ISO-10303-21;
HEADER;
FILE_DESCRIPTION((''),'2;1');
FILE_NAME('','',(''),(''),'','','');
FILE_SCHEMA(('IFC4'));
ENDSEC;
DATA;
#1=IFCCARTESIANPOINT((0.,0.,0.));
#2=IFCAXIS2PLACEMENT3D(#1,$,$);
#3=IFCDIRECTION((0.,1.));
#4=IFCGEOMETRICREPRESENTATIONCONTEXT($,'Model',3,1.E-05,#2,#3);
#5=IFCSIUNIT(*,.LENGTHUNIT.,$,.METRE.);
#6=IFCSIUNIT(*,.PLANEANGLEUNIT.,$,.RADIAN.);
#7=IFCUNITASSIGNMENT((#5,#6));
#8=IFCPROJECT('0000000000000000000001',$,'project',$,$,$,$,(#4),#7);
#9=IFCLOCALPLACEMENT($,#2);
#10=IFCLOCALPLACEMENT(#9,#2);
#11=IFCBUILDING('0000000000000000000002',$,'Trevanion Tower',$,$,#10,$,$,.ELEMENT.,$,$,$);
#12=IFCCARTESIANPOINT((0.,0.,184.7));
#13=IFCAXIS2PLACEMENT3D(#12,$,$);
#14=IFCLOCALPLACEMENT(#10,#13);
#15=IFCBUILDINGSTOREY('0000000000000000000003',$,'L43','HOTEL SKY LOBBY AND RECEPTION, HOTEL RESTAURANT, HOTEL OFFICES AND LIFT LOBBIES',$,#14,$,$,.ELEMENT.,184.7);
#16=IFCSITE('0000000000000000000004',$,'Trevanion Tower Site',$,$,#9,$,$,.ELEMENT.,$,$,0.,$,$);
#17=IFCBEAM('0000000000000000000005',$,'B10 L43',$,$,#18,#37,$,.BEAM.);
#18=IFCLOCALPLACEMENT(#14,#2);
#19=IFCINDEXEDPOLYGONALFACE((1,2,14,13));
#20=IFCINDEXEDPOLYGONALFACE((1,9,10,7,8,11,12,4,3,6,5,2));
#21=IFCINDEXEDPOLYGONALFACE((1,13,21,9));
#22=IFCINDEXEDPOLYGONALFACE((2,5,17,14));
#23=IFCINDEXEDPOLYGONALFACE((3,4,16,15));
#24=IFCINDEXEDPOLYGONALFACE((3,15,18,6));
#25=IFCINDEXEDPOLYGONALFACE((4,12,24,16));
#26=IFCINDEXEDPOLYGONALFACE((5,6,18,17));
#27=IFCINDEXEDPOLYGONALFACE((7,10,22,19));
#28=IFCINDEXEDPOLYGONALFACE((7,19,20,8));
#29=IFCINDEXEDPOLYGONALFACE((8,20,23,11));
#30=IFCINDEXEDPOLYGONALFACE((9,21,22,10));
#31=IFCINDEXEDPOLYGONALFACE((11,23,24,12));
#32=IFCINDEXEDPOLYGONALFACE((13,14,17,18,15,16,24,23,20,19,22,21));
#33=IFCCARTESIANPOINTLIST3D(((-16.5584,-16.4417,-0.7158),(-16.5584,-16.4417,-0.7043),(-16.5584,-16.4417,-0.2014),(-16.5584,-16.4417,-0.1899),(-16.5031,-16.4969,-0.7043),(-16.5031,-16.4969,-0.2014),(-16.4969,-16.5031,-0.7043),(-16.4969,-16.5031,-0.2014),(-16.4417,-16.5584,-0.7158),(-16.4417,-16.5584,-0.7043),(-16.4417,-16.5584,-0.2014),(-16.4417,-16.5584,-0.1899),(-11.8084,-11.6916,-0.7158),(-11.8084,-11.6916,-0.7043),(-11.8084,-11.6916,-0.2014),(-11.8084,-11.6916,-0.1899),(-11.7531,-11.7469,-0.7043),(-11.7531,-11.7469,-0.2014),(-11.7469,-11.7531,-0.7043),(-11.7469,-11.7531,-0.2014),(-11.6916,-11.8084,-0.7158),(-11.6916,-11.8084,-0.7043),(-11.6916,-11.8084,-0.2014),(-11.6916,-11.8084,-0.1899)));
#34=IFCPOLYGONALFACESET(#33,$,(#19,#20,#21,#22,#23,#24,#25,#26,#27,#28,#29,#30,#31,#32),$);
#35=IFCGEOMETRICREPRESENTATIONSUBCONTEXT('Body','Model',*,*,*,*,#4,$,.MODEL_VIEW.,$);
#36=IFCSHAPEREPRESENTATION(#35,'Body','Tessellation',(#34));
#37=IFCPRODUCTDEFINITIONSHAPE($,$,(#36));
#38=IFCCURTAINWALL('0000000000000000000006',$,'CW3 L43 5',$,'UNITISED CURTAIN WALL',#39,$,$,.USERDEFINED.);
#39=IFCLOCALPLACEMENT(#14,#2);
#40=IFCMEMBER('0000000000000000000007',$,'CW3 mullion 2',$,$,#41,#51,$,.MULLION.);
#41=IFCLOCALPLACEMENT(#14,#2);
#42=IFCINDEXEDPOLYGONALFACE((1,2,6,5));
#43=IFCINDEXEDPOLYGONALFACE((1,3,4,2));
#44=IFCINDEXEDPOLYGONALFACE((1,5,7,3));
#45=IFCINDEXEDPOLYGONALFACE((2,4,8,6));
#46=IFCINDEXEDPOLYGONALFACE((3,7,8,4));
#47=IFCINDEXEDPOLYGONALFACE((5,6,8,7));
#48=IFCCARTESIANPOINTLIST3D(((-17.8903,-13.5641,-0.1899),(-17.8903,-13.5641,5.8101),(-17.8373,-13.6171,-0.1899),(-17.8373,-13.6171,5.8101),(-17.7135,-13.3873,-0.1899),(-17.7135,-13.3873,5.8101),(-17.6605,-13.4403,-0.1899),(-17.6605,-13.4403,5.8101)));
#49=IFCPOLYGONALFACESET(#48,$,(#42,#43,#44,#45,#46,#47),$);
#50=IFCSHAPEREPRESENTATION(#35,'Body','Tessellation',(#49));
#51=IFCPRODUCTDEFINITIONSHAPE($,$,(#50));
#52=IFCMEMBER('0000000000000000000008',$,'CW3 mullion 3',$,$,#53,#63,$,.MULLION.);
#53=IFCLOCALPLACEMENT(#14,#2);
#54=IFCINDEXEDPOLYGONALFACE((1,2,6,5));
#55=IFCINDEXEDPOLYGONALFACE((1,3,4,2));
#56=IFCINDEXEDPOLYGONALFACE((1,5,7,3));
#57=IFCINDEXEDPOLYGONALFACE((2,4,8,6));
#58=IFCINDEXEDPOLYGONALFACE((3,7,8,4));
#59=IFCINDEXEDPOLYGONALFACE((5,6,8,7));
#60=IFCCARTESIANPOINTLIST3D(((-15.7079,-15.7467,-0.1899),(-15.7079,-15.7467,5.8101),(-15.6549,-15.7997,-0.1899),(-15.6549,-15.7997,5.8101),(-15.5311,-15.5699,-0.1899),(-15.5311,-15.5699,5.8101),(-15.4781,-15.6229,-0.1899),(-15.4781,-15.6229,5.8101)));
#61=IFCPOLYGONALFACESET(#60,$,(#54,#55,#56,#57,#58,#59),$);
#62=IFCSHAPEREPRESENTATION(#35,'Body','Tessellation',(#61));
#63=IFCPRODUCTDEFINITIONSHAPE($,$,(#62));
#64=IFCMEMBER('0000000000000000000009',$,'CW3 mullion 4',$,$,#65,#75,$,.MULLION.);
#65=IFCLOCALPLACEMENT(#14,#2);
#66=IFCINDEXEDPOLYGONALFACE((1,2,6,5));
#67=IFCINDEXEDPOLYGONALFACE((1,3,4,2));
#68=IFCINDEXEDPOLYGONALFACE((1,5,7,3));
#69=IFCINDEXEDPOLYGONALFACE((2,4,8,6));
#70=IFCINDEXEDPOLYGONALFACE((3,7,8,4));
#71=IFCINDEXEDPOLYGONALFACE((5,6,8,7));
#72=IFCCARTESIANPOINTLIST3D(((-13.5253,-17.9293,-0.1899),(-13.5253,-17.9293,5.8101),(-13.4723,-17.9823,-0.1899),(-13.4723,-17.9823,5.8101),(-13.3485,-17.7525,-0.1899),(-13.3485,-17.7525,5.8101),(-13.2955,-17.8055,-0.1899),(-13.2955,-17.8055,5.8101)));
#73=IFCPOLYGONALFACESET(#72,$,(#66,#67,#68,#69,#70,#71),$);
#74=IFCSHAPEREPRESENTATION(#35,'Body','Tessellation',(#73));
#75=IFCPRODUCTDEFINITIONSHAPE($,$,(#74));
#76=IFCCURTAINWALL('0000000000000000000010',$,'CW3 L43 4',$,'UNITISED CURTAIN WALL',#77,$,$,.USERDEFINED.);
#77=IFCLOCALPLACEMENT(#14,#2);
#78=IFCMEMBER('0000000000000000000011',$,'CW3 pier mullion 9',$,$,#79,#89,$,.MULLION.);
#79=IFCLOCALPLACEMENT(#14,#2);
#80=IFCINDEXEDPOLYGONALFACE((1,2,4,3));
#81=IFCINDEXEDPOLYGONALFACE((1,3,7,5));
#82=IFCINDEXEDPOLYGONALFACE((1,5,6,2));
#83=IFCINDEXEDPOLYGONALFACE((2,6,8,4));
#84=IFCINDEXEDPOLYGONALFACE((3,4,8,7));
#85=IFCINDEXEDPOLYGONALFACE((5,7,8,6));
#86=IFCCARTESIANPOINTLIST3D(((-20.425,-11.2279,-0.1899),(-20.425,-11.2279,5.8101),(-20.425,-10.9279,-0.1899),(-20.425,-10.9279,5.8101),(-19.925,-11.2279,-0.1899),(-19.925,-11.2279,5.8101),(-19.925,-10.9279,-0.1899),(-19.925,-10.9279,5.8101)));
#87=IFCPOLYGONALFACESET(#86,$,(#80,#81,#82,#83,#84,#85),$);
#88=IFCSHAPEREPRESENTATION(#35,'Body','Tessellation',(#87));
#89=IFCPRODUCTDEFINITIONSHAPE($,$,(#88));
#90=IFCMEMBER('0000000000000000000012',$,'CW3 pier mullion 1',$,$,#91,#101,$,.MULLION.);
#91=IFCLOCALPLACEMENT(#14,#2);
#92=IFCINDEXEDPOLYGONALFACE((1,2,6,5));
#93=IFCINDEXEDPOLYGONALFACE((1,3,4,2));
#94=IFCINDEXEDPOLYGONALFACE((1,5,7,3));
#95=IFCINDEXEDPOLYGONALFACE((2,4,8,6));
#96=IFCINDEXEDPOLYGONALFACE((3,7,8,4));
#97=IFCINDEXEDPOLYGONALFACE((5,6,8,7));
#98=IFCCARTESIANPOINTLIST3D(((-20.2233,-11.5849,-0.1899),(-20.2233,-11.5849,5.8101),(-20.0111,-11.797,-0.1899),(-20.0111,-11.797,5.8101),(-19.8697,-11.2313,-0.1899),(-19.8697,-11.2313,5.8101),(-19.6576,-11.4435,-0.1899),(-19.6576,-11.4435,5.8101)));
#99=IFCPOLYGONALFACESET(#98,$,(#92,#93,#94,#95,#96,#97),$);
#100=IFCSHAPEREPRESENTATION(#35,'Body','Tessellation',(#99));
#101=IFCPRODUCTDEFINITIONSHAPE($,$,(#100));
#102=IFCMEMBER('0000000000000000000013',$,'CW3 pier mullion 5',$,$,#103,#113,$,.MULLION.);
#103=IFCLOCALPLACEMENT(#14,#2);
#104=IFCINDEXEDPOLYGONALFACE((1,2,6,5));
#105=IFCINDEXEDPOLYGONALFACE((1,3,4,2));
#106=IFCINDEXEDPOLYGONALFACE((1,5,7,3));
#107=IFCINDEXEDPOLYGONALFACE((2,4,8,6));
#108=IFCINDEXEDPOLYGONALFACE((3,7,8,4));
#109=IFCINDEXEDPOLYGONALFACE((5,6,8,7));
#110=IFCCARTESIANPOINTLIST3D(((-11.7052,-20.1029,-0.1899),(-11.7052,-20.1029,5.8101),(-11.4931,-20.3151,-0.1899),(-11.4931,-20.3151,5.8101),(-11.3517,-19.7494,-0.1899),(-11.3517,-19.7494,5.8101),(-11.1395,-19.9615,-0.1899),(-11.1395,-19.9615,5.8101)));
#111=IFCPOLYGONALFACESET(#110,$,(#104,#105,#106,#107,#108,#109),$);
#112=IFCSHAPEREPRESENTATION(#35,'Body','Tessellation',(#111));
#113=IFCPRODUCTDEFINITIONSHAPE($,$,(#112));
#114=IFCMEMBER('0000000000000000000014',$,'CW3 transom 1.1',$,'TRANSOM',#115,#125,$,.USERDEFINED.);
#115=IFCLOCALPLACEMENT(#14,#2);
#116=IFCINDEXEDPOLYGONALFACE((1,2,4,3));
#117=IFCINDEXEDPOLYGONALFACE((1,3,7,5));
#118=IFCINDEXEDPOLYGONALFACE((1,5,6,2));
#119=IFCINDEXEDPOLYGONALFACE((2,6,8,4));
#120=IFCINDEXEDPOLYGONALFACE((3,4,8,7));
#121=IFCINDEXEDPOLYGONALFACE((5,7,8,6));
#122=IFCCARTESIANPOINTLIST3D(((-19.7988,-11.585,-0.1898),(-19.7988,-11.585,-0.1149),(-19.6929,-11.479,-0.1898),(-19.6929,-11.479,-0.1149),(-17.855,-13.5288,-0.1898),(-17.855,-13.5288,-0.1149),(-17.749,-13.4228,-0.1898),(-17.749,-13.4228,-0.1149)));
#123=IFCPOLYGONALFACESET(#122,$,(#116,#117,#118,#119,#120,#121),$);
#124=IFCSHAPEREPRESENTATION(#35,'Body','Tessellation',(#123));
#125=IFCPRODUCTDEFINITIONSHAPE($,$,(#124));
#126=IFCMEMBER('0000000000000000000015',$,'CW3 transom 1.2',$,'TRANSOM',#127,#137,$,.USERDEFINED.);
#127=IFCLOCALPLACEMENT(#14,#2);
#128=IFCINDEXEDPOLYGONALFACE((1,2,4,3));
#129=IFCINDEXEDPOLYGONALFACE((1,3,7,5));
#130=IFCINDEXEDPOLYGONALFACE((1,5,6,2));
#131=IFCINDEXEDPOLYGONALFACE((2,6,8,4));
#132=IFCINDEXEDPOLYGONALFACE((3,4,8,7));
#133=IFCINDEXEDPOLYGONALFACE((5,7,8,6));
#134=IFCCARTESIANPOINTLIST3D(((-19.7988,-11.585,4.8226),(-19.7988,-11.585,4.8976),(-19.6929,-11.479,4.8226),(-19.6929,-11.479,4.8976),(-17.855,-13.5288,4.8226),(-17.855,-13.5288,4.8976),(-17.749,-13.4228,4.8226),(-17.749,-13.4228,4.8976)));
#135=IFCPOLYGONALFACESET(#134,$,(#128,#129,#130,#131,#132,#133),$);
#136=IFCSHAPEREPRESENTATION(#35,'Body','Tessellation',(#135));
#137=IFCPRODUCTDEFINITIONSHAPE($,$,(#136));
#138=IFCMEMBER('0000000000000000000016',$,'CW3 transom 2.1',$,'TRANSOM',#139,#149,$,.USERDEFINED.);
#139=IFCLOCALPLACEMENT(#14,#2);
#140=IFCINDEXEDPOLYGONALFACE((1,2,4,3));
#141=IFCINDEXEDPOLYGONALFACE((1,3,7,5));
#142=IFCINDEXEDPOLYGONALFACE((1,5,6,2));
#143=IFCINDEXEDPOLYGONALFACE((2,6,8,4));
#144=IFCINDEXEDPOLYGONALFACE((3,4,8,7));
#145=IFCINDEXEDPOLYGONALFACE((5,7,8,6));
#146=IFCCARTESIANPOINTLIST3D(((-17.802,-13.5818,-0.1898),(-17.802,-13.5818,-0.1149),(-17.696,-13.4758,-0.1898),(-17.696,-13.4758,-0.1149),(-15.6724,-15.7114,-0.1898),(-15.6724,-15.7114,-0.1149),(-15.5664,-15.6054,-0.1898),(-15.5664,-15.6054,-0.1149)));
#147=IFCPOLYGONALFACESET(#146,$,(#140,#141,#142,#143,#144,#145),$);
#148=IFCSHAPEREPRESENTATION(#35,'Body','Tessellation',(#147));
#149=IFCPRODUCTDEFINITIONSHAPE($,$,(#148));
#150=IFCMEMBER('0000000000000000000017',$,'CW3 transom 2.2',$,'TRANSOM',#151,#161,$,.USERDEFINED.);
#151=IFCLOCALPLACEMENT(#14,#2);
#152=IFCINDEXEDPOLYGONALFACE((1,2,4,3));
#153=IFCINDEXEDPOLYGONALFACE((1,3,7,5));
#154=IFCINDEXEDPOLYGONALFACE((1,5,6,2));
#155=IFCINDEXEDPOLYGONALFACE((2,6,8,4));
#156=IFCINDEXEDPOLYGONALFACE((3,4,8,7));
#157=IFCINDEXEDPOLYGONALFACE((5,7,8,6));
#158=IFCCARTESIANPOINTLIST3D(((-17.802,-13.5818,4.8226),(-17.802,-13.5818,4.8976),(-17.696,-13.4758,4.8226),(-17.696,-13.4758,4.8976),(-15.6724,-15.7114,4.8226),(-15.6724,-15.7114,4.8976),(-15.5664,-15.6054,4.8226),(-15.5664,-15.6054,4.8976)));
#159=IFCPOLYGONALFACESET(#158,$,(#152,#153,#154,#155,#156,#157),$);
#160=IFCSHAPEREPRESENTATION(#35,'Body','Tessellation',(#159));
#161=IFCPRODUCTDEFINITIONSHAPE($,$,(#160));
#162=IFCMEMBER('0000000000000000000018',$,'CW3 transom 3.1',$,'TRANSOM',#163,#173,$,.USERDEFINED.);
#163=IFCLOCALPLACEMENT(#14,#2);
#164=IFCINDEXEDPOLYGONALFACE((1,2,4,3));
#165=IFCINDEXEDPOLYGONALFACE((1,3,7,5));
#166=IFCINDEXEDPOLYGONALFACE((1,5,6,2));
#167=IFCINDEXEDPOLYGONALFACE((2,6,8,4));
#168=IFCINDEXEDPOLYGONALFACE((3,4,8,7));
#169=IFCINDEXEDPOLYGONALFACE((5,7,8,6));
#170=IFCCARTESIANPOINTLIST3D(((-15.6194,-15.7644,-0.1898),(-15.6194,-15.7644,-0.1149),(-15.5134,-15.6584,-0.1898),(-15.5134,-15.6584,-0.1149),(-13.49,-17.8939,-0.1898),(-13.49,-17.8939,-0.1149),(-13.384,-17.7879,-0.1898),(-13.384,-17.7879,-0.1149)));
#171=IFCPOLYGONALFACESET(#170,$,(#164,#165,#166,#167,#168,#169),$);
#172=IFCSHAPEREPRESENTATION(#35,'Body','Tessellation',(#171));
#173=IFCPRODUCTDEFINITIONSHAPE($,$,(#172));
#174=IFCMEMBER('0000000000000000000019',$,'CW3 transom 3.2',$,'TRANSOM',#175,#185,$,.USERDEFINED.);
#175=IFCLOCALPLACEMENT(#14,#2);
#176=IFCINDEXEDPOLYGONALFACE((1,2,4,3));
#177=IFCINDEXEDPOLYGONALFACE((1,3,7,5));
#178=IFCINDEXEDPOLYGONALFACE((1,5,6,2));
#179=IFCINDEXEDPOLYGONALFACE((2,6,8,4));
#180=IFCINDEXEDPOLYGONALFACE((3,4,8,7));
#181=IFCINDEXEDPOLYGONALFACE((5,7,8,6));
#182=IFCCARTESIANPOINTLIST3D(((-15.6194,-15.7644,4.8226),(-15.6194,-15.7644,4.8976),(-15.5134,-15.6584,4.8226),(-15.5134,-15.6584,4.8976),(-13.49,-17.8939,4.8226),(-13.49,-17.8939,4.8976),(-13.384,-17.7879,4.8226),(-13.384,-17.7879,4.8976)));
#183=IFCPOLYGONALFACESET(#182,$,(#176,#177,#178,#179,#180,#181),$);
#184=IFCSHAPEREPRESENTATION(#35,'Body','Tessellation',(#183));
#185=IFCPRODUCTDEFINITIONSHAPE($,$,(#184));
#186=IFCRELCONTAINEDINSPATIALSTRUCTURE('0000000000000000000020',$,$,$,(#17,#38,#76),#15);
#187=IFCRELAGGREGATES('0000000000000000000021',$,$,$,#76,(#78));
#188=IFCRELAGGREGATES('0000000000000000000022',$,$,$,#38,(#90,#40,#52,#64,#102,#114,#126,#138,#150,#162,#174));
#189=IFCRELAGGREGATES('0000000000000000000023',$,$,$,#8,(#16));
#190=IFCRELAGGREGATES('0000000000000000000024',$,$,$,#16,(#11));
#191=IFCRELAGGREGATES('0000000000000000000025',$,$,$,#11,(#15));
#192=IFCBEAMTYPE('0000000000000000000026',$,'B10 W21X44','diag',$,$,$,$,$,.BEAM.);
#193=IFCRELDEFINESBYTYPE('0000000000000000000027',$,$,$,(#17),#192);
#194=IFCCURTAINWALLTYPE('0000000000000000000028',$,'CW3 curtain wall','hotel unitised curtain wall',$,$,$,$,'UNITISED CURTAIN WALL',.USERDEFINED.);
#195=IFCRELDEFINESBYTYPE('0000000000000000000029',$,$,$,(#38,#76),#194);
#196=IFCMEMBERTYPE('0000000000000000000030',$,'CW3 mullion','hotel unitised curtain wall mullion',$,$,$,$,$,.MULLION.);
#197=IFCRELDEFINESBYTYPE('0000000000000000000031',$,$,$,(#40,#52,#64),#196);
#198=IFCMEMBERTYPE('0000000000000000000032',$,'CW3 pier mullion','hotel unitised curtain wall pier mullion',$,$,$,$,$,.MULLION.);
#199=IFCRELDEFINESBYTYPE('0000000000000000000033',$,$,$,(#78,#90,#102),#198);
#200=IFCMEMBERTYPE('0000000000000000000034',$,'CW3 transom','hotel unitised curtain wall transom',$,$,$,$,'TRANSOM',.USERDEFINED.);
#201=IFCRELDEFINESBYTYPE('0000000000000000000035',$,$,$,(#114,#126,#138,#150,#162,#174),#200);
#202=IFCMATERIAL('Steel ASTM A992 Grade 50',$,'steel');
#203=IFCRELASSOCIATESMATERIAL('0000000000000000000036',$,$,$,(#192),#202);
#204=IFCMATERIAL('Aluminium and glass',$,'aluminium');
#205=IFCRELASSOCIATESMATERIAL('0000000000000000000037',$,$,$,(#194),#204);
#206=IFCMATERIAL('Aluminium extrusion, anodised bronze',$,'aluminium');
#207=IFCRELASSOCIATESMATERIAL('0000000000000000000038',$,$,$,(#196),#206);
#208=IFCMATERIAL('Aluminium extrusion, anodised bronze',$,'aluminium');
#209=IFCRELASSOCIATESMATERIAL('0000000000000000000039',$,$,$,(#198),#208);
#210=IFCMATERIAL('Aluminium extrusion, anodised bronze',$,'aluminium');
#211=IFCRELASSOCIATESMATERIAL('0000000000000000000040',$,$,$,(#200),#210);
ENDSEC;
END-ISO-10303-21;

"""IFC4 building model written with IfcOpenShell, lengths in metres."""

from ifc_helpers import new_model, si_unit, direction, frame, origin, origin_2d, place, context, subcontext, project, spatial, rectangle, i_section, extrude, material, material_profile, profile_set, type_object, element, aggregate, save


model = new_model("IFC4")

# Units and contexts
model_context = context("Model", 3, precision=1e-05, world=origin(), true_north=direction((0.0, 1.0)))
body_context = subcontext(model_context, "Body", "Model", "MODEL_VIEW")
ifc_project = project(units=[si_unit("LENGTHUNIT", "METRE"), si_unit("PLANEANGLEUNIT", "RADIAN")], contexts=[model_context])

# Site, building, storey
site_placement = place(None, origin())
site = spatial("IfcSite", under=ifc_project, at=site_placement, Name="Trevanion Tower Site", CompositionType="ELEMENT", RefElevation=0.0)
building_placement = place(site_placement, origin())
building = spatial("IfcBuilding", under=site, at=building_placement, Name="Trevanion Tower", CompositionType="ELEMENT")
storey_placement = place(building_placement, frame((0.0, 0.0, 184.7)))
storey = spatial("IfcBuildingStorey", under=building, at=storey_placement, Name="L43", Description="HOTEL SKY LOBBY AND RECEPTION, HOTEL RESTAURANT, HOTEL OFFICES AND LIFT LOBBIES", CompositionType="ELEMENT", Elevation=184.7)

# Beam
ifc_material_1 = material(Name="Steel ASTM A992 Grade 50", Category="steel")
ifc_material_profile_1 = material_profile(ifc_material_1, i_section(OverallWidth=0.165, OverallDepth=0.5259, WebThickness=0.0088, FlangeThickness=0.0115, at=origin_2d()), Name="W21X44")
ifc_profile_set_1 = profile_set([ifc_material_profile_1], Name="Steel ASTM A992 Grade 50")
beam_type = type_object("IfcBeamType", Name="B10 W21X44", Description="diag", PredefinedType="BEAM", material=ifc_profile_set_1)
beam_placement = place(storey_placement, frame((-11.75, -11.75, -0.4529), z_axis=(-0.707107, -0.707107, 0.0), x_axis=(0.707107, -0.707107, 0.0)))
element("IfcBeam", 1, at=beam_placement, inside=storey, type_object=beam_type, Name="B10 L43", PredefinedType="BEAM", context=body_context, shape_type="SweptSolid", body=[
    extrude(i_section(OverallWidth=0.165, OverallDepth=0.5259, WebThickness=0.0088, FlangeThickness=0.0115, at=origin_2d()), origin(), (0.0, 0.0, 1.0), 6.7175),
])

# Curtain wall, members
ifc_material_2 = material(Name="Aluminium and glass", Category="aluminium")
curtain_wall_type = type_object("IfcCurtainWallType", Name="CW3 curtain wall", Description="hotel unitised curtain wall", ElementType="UNITISED CURTAIN WALL", PredefinedType="USERDEFINED", material=ifc_material_2)
curtain_wall_1_placement = place(storey_placement, origin())
curtain_wall_1 = element("IfcCurtainWall", 2, at=curtain_wall_1_placement, inside=storey, type_object=curtain_wall_type, Name="CW3 L43 5", ObjectType="UNITISED CURTAIN WALL", PredefinedType="USERDEFINED")
ifc_material_3 = material(Name="Aluminium extrusion, anodised bronze", Category="aluminium")
ifc_material_profile_2 = material_profile(ifc_material_3, rectangle(XDim=0.075, YDim=0.25, at=origin_2d()), Name="CW3 mullion")
ifc_profile_set_2 = profile_set([ifc_material_profile_2], Name="Aluminium extrusion, anodised bronze")
member_type_1 = type_object("IfcMemberType", Name="CW3 mullion", Description="hotel unitised curtain wall mullion", PredefinedType="MULLION", material=ifc_profile_set_2)
member_1_placement = place(storey_placement, frame((-17.7754, -13.5022, -0.1899), z_axis=(0.0, 0.0, 1.0), x_axis=(0.707107, -0.707107, 0.0)))
member_1 = element("IfcMember", 3, at=member_1_placement, type_object=member_type_1, Name="CW3 mullion 2", PredefinedType="MULLION", context=body_context, shape_type="SweptSolid", body=[
    extrude(rectangle(XDim=0.075, YDim=0.25, at=origin_2d()), origin(), (0.0, 0.0, 1.0), 6.0),
])
member_2_placement = place(storey_placement, frame((-15.593, -15.6848, -0.1899), z_axis=(0.0, 0.0, 1.0), x_axis=(0.707107, -0.707107, 0.0)))
member_2 = element("IfcMember", 4, at=member_2_placement, type_object=member_type_1, Name="CW3 mullion 3", PredefinedType="MULLION", context=body_context, shape_type="SweptSolid", body=[
    extrude(rectangle(XDim=0.075, YDim=0.25, at=origin_2d()), origin(), (0.0, 0.0, 1.0), 6.0),
])
member_3_placement = place(storey_placement, frame((-13.4104, -17.8674, -0.1899), z_axis=(0.0, 0.0, 1.0), x_axis=(0.707107, -0.707107, 0.0)))
member_3 = element("IfcMember", 5, at=member_3_placement, type_object=member_type_1, Name="CW3 mullion 4", PredefinedType="MULLION", context=body_context, shape_type="SweptSolid", body=[
    extrude(rectangle(XDim=0.075, YDim=0.25, at=origin_2d()), origin(), (0.0, 0.0, 1.0), 6.0),
])

# Curtain wall, member
curtain_wall_2_placement = place(storey_placement, origin())
curtain_wall_2 = element("IfcCurtainWall", 6, at=curtain_wall_2_placement, inside=storey, type_object=curtain_wall_type, Name="CW3 L43 4", ObjectType="UNITISED CURTAIN WALL", PredefinedType="USERDEFINED")
ifc_material_4 = material(Name="Aluminium extrusion, anodised bronze", Category="aluminium")
ifc_material_profile_3 = material_profile(ifc_material_4, rectangle(XDim=0.3, YDim=0.5, at=origin_2d()), Name="CW3 pier mullion")
ifc_profile_set_3 = profile_set([ifc_material_profile_3], Name="Aluminium extrusion, anodised bronze")
member_type_2 = type_object("IfcMemberType", Name="CW3 pier mullion", Description="hotel unitised curtain wall pier mullion", PredefinedType="MULLION", material=ifc_profile_set_3)
member_4_placement = place(storey_placement, frame((-20.175, -11.0779, -0.1899), z_axis=(0.0, 0.0, 1.0), x_axis=(0.0, -1.0, 0.0)))
member_4 = element("IfcMember", 7, at=member_4_placement, type_object=member_type_2, Name="CW3 pier mullion 9", PredefinedType="MULLION", context=body_context, shape_type="SweptSolid", body=[
    extrude(rectangle(XDim=0.3, YDim=0.5, at=origin_2d()), origin(), (0.0, 0.0, 1.0), 6.0),
])
aggregate(curtain_wall_2, [member_4])

# Members
member_5_placement = place(storey_placement, frame((-19.9404, -11.5142, -0.1899), z_axis=(0.0, 0.0, 1.0), x_axis=(0.707107, -0.707107, 0.0)))
member_5 = element("IfcMember", 8, at=member_5_placement, type_object=member_type_2, Name="CW3 pier mullion 1", PredefinedType="MULLION", context=body_context, shape_type="SweptSolid", body=[
    extrude(rectangle(XDim=0.3, YDim=0.5, at=origin_2d()), origin(), (0.0, 0.0, 1.0), 6.0),
])
member_6_placement = place(storey_placement, frame((-11.4224, -20.0322, -0.1899), z_axis=(0.0, 0.0, 1.0), x_axis=(0.707107, -0.707107, 0.0)))
member_6 = element("IfcMember", 9, at=member_6_placement, type_object=member_type_2, Name="CW3 pier mullion 5", PredefinedType="MULLION", context=body_context, shape_type="SweptSolid", body=[
    extrude(rectangle(XDim=0.3, YDim=0.5, at=origin_2d()), origin(), (0.0, 0.0, 1.0), 6.0),
])
ifc_material_5 = material(Name="Aluminium extrusion, anodised bronze", Category="aluminium")
ifc_material_profile_4 = material_profile(ifc_material_5, rectangle(XDim=0.1499, YDim=0.075, at=origin_2d()), Name="CW3 transom")
ifc_profile_set_4 = profile_set([ifc_material_profile_4], Name="Aluminium extrusion, anodised bronze")
member_type_3 = type_object("IfcMemberType", Name="CW3 transom", Description="hotel unitised curtain wall transom", ElementType="TRANSOM", PredefinedType="USERDEFINED", material=ifc_profile_set_4)
member_7_placement = place(storey_placement, frame((-19.7458, -11.532, -0.1523), z_axis=(0.707107, -0.707107, 0.0), x_axis=(0.707107, 0.707107, 0.0)))
member_7 = element("IfcMember", 10, at=member_7_placement, type_object=member_type_3, Name="CW3 transom 1.1", ObjectType="TRANSOM", PredefinedType="USERDEFINED", context=body_context, shape_type="SweptSolid", body=[
    extrude(rectangle(XDim=0.1499, YDim=0.075, at=origin_2d()), origin(), (0.0, 0.0, 1.0), 2.749),
])
member_8_placement = place(storey_placement, frame((-19.7458, -11.532, 4.8601), z_axis=(0.707107, -0.707107, 0.0), x_axis=(0.707107, 0.707107, 0.0)))
member_8 = element("IfcMember", 11, at=member_8_placement, type_object=member_type_3, Name="CW3 transom 1.2", ObjectType="TRANSOM", PredefinedType="USERDEFINED", context=body_context, shape_type="SweptSolid", body=[
    extrude(rectangle(XDim=0.1499, YDim=0.075, at=origin_2d()), origin(), (0.0, 0.0, 1.0), 2.749),
])
member_9_placement = place(storey_placement, frame((-17.749, -13.5288, -0.1523), z_axis=(0.707107, -0.707107, 0.0), x_axis=(0.707107, 0.707107, 0.0)))
member_9 = element("IfcMember", 12, at=member_9_placement, type_object=member_type_3, Name="CW3 transom 2.1", ObjectType="TRANSOM", PredefinedType="USERDEFINED", context=body_context, shape_type="SweptSolid", body=[
    extrude(rectangle(XDim=0.1499, YDim=0.075, at=origin_2d()), origin(), (0.0, 0.0, 1.0), 3.0117),
])
member_10_placement = place(storey_placement, frame((-17.749, -13.5288, 4.8601), z_axis=(0.707107, -0.707107, 0.0), x_axis=(0.707107, 0.707107, 0.0)))
member_10 = element("IfcMember", 13, at=member_10_placement, type_object=member_type_3, Name="CW3 transom 2.2", ObjectType="TRANSOM", PredefinedType="USERDEFINED", context=body_context, shape_type="SweptSolid", body=[
    extrude(rectangle(XDim=0.1499, YDim=0.075, at=origin_2d()), origin(), (0.0, 0.0, 1.0), 3.0117),
])
member_11_placement = place(storey_placement, frame((-15.5664, -15.7114, -0.1523), z_axis=(0.707107, -0.707107, 0.0), x_axis=(0.707107, 0.707107, 0.0)))
member_11 = element("IfcMember", 14, at=member_11_placement, type_object=member_type_3, Name="CW3 transom 3.1", ObjectType="TRANSOM", PredefinedType="USERDEFINED", context=body_context, shape_type="SweptSolid", body=[
    extrude(rectangle(XDim=0.1499, YDim=0.075, at=origin_2d()), origin(), (0.0, 0.0, 1.0), 3.0115),
])
member_12_placement = place(storey_placement, frame((-15.5664, -15.7114, 4.8601), z_axis=(0.707107, -0.707107, 0.0), x_axis=(0.707107, 0.707107, 0.0)))
member_12 = element("IfcMember", 15, at=member_12_placement, type_object=member_type_3, Name="CW3 transom 3.2", ObjectType="TRANSOM", PredefinedType="USERDEFINED", context=body_context, shape_type="SweptSolid", body=[
    extrude(rectangle(XDim=0.1499, YDim=0.075, at=origin_2d()), origin(), (0.0, 0.0, 1.0), 3.0115),
])

aggregate(curtain_wall_1, [member_5, member_1, member_2, member_3, member_6, member_7, member_8, member_9, member_10, member_11, member_12])

save(model, "model.ifc")
